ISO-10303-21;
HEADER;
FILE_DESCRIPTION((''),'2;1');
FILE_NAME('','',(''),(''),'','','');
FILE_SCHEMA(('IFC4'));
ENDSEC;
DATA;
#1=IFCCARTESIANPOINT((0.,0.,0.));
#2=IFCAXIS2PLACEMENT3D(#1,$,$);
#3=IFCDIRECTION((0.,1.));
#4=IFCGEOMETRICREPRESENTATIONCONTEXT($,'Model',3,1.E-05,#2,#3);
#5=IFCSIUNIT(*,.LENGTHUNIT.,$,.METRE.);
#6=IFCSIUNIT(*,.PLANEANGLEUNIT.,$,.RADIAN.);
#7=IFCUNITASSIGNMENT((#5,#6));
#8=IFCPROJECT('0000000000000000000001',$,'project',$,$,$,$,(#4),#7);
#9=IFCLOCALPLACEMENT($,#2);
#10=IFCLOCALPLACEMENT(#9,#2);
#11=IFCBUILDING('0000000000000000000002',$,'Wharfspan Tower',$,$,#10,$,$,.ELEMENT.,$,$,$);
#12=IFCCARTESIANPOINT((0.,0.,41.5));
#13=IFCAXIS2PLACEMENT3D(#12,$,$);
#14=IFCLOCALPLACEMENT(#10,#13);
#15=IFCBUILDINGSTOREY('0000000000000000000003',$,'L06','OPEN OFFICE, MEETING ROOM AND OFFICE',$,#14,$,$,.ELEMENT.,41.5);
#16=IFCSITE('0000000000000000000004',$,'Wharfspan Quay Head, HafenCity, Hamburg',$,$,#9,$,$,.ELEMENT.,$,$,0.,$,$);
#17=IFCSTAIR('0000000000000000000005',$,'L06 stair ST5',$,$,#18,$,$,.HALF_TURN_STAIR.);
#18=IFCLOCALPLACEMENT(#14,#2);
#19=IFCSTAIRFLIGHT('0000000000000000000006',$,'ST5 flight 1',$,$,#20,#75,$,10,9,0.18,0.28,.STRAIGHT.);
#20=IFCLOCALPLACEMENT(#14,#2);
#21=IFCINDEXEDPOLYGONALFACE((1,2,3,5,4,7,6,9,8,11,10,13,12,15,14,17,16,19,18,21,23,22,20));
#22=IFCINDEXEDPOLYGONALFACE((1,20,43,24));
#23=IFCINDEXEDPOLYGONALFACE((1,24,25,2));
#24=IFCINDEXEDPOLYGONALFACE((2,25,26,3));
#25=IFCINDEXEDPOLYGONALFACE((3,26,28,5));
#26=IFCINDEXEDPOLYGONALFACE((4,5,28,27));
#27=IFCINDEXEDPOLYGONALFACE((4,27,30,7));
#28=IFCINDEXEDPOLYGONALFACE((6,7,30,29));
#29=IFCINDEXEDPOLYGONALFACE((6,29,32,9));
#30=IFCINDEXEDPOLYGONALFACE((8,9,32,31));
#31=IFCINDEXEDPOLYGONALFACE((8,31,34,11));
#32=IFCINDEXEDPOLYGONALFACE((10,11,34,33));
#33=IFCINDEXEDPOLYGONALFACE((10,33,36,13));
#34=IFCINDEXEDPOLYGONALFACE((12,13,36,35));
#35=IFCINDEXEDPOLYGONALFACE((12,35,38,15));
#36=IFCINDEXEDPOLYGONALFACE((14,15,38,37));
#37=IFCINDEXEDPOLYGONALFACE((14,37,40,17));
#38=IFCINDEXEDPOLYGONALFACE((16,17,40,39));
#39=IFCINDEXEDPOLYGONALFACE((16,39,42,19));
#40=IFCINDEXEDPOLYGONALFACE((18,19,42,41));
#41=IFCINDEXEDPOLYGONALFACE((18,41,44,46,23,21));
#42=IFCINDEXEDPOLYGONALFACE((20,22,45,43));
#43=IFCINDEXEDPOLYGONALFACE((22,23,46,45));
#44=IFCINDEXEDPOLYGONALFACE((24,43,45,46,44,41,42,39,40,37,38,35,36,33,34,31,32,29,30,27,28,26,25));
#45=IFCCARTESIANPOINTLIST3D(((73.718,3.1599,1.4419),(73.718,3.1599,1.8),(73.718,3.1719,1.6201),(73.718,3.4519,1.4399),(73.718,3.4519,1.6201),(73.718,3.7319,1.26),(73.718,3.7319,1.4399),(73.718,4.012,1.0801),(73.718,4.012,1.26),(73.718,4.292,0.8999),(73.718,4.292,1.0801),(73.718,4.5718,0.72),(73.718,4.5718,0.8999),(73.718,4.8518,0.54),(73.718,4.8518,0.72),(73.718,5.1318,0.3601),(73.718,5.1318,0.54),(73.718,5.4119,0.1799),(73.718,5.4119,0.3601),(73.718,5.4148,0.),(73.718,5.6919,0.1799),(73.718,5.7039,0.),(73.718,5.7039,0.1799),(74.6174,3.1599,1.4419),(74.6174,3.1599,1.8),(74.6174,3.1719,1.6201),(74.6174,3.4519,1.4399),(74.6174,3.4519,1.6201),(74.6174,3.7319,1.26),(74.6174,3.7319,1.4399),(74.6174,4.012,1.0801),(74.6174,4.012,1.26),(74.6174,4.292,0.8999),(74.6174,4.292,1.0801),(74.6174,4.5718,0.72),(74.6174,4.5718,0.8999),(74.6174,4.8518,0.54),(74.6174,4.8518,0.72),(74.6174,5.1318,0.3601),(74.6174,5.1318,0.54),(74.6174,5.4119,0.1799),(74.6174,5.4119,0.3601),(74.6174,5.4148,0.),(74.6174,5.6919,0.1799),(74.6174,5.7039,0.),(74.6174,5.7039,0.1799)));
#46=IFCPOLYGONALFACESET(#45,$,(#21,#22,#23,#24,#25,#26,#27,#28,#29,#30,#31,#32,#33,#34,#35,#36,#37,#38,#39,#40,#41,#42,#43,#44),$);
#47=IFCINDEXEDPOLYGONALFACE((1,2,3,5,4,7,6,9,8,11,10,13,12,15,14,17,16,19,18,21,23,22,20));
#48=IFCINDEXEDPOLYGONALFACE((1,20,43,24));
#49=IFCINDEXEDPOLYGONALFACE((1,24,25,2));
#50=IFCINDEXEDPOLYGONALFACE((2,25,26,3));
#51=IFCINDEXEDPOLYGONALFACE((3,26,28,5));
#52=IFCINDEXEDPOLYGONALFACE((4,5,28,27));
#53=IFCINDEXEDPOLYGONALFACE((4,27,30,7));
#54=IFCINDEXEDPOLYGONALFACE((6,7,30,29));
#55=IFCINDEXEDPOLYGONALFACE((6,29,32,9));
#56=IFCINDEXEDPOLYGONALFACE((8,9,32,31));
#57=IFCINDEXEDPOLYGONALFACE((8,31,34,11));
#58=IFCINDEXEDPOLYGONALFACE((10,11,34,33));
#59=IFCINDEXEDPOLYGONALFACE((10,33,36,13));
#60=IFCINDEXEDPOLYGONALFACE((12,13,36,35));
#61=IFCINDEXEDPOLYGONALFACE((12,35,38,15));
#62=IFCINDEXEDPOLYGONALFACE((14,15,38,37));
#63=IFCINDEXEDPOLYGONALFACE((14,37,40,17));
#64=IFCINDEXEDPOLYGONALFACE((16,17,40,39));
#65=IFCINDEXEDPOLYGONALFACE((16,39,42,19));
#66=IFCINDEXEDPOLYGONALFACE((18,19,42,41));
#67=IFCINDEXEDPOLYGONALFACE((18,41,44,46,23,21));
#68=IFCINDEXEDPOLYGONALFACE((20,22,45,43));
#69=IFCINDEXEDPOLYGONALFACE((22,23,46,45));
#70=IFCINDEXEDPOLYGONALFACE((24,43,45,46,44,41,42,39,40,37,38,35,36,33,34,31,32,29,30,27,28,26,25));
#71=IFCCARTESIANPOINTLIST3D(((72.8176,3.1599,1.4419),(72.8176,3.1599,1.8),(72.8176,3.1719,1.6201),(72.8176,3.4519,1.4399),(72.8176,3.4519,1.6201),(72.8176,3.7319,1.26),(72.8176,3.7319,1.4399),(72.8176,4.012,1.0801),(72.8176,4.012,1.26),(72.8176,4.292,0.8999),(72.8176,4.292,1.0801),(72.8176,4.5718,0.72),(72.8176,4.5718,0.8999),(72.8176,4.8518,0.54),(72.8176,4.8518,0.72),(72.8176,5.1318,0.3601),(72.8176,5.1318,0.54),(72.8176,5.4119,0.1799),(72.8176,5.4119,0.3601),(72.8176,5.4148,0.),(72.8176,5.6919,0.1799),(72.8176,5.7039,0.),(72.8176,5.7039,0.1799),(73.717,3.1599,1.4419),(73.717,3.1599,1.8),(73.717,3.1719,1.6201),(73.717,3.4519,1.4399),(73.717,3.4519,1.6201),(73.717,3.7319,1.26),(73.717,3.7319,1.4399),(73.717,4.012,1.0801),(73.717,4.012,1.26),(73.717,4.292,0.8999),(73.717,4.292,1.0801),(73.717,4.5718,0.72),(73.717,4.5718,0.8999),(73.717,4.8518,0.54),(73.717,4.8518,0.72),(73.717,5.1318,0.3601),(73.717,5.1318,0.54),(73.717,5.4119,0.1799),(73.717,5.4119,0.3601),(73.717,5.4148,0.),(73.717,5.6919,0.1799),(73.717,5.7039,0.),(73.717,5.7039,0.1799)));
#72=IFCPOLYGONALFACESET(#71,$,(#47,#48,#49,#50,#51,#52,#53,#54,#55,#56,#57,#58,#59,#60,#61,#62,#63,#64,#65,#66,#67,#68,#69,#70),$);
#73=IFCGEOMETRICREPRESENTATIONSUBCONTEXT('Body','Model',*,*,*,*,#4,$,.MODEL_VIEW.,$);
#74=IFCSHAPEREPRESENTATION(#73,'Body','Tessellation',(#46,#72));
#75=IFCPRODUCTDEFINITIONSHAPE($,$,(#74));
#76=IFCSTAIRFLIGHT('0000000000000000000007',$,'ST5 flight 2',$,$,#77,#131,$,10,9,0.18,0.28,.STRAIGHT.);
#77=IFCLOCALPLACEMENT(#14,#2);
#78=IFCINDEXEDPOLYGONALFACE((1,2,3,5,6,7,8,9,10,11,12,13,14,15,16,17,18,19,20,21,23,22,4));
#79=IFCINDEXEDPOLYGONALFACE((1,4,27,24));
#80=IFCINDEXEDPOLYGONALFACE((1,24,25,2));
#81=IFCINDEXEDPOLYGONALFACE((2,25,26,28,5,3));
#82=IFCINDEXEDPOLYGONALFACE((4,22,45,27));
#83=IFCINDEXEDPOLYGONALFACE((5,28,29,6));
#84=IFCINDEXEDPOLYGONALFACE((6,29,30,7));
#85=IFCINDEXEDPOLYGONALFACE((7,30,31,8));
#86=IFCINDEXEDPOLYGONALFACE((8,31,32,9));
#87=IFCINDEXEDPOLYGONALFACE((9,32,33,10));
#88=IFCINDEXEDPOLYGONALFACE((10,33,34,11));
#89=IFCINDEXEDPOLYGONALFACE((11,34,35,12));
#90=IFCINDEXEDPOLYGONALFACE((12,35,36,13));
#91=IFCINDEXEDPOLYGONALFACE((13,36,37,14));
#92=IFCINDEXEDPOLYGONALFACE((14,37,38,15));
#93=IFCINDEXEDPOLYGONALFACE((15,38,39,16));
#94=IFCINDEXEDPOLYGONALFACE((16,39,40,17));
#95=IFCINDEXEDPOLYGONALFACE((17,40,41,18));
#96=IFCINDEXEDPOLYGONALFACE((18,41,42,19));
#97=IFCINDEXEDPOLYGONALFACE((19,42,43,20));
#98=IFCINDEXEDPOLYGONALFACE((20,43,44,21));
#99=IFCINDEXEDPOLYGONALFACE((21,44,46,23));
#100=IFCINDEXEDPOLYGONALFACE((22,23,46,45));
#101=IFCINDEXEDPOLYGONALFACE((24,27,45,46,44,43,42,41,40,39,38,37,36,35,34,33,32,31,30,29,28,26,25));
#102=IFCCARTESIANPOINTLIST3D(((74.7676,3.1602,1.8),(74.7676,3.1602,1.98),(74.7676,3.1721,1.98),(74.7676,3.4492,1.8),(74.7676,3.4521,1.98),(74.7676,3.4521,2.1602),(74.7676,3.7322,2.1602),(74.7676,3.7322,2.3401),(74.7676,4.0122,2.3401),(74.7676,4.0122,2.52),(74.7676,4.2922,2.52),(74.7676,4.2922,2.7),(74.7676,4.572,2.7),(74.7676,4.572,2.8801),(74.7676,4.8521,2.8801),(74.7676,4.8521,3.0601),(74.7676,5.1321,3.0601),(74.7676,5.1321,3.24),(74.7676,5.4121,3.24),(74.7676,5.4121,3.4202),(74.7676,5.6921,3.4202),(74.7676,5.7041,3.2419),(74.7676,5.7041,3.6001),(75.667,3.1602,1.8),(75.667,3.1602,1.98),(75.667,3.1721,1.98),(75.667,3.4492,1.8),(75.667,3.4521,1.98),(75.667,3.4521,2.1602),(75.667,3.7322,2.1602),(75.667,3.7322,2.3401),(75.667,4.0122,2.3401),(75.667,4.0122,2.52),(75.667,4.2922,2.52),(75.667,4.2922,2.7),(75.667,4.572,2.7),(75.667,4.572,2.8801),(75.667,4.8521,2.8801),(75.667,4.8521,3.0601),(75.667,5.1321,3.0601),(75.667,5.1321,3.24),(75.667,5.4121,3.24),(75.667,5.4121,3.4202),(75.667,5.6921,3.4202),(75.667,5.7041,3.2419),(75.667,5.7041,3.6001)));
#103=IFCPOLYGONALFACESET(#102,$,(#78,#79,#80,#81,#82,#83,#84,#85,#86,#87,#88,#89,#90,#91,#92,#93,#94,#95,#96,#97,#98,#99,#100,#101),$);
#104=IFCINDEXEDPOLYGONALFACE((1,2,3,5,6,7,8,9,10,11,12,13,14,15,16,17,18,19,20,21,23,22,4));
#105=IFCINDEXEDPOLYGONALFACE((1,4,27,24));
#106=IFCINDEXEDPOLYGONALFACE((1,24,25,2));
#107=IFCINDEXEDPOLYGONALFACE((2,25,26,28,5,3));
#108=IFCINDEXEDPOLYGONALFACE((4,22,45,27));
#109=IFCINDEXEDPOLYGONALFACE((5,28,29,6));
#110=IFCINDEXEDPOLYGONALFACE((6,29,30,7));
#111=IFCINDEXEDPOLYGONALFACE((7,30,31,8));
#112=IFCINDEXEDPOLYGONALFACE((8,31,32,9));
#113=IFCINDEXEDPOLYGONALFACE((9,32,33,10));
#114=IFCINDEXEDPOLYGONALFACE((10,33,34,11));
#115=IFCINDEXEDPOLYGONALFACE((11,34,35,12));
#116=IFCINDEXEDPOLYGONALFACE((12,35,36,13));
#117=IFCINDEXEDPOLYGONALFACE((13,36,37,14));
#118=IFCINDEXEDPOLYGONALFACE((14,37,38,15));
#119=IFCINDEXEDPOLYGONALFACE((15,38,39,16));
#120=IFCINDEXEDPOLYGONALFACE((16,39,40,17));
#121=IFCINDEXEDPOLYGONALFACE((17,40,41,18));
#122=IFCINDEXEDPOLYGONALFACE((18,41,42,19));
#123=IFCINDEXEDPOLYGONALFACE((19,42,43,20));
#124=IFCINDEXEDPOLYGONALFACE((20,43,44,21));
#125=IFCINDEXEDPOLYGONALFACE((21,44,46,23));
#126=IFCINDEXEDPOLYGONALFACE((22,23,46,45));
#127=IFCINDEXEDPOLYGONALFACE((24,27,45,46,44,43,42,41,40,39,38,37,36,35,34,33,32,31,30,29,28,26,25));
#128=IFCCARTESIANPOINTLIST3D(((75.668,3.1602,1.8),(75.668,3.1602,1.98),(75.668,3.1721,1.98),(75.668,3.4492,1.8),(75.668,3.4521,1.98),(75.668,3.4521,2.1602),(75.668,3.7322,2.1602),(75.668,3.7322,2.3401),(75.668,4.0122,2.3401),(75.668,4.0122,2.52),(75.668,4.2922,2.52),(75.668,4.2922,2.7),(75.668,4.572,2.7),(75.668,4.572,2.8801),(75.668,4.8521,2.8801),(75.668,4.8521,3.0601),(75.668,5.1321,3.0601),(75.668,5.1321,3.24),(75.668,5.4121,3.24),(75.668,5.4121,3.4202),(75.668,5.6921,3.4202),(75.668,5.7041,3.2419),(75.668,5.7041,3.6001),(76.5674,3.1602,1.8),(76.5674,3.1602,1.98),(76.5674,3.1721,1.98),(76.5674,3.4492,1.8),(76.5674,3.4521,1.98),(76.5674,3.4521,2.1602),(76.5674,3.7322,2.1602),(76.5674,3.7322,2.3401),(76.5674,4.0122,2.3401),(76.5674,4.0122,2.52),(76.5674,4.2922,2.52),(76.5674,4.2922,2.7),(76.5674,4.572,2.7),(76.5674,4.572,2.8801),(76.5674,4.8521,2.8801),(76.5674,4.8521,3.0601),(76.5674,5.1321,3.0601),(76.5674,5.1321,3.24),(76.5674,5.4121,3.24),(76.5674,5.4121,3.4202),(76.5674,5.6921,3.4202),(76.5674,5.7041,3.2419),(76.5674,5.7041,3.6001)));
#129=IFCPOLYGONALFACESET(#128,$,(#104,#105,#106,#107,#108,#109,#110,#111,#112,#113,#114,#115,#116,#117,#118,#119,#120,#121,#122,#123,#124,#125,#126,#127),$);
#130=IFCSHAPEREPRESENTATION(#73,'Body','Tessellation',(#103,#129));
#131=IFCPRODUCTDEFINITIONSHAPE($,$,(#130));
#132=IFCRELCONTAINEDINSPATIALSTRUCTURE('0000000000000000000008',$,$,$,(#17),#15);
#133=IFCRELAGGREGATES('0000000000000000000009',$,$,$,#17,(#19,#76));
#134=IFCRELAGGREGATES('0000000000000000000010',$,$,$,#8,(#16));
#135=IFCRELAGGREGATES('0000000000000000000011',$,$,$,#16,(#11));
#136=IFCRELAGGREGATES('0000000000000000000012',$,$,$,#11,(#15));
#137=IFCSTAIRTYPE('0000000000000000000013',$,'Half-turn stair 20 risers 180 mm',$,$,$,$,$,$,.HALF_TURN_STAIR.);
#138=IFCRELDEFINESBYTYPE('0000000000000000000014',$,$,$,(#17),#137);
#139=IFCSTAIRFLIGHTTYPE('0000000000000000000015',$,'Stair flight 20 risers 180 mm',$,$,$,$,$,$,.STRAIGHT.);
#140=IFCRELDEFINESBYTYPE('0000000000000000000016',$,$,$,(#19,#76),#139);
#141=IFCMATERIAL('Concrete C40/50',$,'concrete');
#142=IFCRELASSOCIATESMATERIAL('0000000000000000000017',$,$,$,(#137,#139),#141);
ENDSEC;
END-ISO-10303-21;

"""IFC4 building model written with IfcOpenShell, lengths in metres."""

from ifc_helpers import new_model, si_unit, direction, frame, origin, place, context, subcontext, project, spatial, polyline, outline, extrude, material, type_object, element, aggregate, save


model = new_model("IFC4")

# Units and contexts
model_context = context("Model", 3, precision=1e-05, world=origin(), true_north=direction((0.0, 1.0)))
body_context = subcontext(model_context, "Body", "Model", "MODEL_VIEW")
ifc_project = project(units=[si_unit("LENGTHUNIT", "METRE"), si_unit("PLANEANGLEUNIT", "RADIAN")], contexts=[model_context])

# Site, building, storey
site_placement = place(None, origin())
site = spatial("IfcSite", under=ifc_project, at=site_placement, Name="Wharfspan Quay Head, HafenCity, Hamburg", CompositionType="ELEMENT", RefElevation=0.0)
building_placement = place(site_placement, origin())
building = spatial("IfcBuilding", under=site, at=building_placement, Name="Wharfspan Tower", CompositionType="ELEMENT")
storey_placement = place(building_placement, frame((0.0, 0.0, 41.5)))
storey = spatial("IfcBuildingStorey", under=building, at=storey_placement, Name="L06", Description="OPEN OFFICE, MEETING ROOM AND OFFICE", CompositionType="ELEMENT", Elevation=41.5)

# Shared definitions
ifc_material_1 = material(Name="Concrete C40/50", Category="concrete")

# Stair, stair flights
stair_type = type_object("IfcStairType", Name="Half-turn stair 20 risers 180 mm", PredefinedType="HALF_TURN_STAIR", material=ifc_material_1)
stair_placement = place(storey_placement, origin())
stair = element("IfcStair", 1, at=stair_placement, inside=storey, type_object=stair_type, Name="L06 stair ST5", PredefinedType="HALF_TURN_STAIR")
stair_flight_type = type_object("IfcStairFlightType", Name="Stair flight 20 risers 180 mm", PredefinedType="STRAIGHT", material=ifc_material_1)
stair_flight_1_placement = place(storey_placement, frame((73.7175, 5.6919, 0.0), z_axis=(0.0, 0.0, 1.0), x_axis=(0.0, -1.0, 0.0)))
stair_flight_1 = element("IfcStairFlight", 2, at=stair_flight_1_placement, type_object=stair_flight_type, Name="ST5 flight 1", NumberOfRisers=10, NumberOfTreads=9, PredefinedType="STRAIGHT", RiserHeight=0.18, TreadLength=0.28, context=body_context, shape_type="SweptSolid", body=[
    extrude(outline(polyline([(-0.012, 0.0), (-0.012, 0.1799), (0.0, 0.1799), (0.28, 0.1799), (0.28, 0.3601), (0.5601, 0.3601), (0.5601, 0.54), (0.8401, 0.54), (0.8401, 0.72), (1.1201, 0.72), (1.1201, 0.8999), (1.3999, 0.8999), (1.3999, 1.0801), (1.6799, 1.0801), (1.6799, 1.26), (1.96, 1.26), (1.96, 1.4399), (2.24, 1.4399), (2.24, 1.6201), (2.52, 1.6201), (2.532, 1.8), (2.532, 1.4419), (0.2771, 0.0), (-0.012, 0.0)])), frame((0.0, 0.8999, 0.0), z_axis=(0.0, -1.0, 0.0), x_axis=(1.0, 0.0, 0.0)), (0.0, 0.0, 1.0), 0.8994),
    extrude(outline(polyline([(-0.012, 0.0), (-0.012, 0.1799), (0.0, 0.1799), (0.28, 0.1799), (0.28, 0.3601), (0.5601, 0.3601), (0.5601, 0.54), (0.8401, 0.54), (0.8401, 0.72), (1.1201, 0.72), (1.1201, 0.8999), (1.3999, 0.8999), (1.3999, 1.0801), (1.6799, 1.0801), (1.6799, 1.26), (1.96, 1.26), (1.96, 1.4399), (2.24, 1.4399), (2.24, 1.6201), (2.52, 1.6201), (2.532, 1.8), (2.532, 1.4419), (0.2771, 0.0), (-0.012, 0.0)])), frame((0.0, -0.0005, 0.0), z_axis=(0.0, -1.0, 0.0), x_axis=(1.0, 0.0, 0.0)), (0.0, 0.0, 1.0), 0.8994),
])
stair_flight_2_placement = place(storey_placement, frame((75.6675, 3.1721, 1.8), z_axis=(0.0, 0.0, 1.0), x_axis=(0.0, 1.0, 0.0)))
stair_flight_2 = element("IfcStairFlight", 3, at=stair_flight_2_placement, type_object=stair_flight_type, Name="ST5 flight 2", NumberOfRisers=10, NumberOfTreads=9, PredefinedType="STRAIGHT", RiserHeight=0.18, TreadLength=0.28, context=body_context, shape_type="SweptSolid", body=[
    extrude(outline(polyline([(-0.012, 0.0), (-0.012, 0.1799), (0.0, 0.1799), (0.28, 0.1799), (0.28, 0.3601), (0.5601, 0.3601), (0.5601, 0.54), (0.8401, 0.54), (0.8401, 0.72), (1.1201, 0.72), (1.1201, 0.8999), (1.3999, 0.8999), (1.3999, 1.0801), (1.6799, 1.0801), (1.6799, 1.26), (1.96, 1.26), (1.96, 1.4399), (2.24, 1.4399), (2.24, 1.6201), (2.52, 1.6201), (2.532, 1.8), (2.532, 1.4419), (0.2771, 0.0), (-0.012, 0.0)])), frame((0.0, 0.8999, 0.0), z_axis=(0.0, -1.0, 0.0), x_axis=(1.0, 0.0, 0.0)), (0.0, 0.0, 1.0), 0.8994),
    extrude(outline(polyline([(-0.012, 0.0), (-0.012, 0.1799), (0.0, 0.1799), (0.28, 0.1799), (0.28, 0.3601), (0.5601, 0.3601), (0.5601, 0.54), (0.8401, 0.54), (0.8401, 0.72), (1.1201, 0.72), (1.1201, 0.8999), (1.3999, 0.8999), (1.3999, 1.0801), (1.6799, 1.0801), (1.6799, 1.26), (1.96, 1.26), (1.96, 1.4399), (2.24, 1.4399), (2.24, 1.6201), (2.52, 1.6201), (2.532, 1.8), (2.532, 1.4419), (0.2771, 0.0), (-0.012, 0.0)])), frame((0.0, -0.0005, 0.0), z_axis=(0.0, -1.0, 0.0), x_axis=(1.0, 0.0, 0.0)), (0.0, 0.0, 1.0), 0.8994),
])
aggregate(stair, [stair_flight_1, stair_flight_2])

save(model, "model.ifc")
